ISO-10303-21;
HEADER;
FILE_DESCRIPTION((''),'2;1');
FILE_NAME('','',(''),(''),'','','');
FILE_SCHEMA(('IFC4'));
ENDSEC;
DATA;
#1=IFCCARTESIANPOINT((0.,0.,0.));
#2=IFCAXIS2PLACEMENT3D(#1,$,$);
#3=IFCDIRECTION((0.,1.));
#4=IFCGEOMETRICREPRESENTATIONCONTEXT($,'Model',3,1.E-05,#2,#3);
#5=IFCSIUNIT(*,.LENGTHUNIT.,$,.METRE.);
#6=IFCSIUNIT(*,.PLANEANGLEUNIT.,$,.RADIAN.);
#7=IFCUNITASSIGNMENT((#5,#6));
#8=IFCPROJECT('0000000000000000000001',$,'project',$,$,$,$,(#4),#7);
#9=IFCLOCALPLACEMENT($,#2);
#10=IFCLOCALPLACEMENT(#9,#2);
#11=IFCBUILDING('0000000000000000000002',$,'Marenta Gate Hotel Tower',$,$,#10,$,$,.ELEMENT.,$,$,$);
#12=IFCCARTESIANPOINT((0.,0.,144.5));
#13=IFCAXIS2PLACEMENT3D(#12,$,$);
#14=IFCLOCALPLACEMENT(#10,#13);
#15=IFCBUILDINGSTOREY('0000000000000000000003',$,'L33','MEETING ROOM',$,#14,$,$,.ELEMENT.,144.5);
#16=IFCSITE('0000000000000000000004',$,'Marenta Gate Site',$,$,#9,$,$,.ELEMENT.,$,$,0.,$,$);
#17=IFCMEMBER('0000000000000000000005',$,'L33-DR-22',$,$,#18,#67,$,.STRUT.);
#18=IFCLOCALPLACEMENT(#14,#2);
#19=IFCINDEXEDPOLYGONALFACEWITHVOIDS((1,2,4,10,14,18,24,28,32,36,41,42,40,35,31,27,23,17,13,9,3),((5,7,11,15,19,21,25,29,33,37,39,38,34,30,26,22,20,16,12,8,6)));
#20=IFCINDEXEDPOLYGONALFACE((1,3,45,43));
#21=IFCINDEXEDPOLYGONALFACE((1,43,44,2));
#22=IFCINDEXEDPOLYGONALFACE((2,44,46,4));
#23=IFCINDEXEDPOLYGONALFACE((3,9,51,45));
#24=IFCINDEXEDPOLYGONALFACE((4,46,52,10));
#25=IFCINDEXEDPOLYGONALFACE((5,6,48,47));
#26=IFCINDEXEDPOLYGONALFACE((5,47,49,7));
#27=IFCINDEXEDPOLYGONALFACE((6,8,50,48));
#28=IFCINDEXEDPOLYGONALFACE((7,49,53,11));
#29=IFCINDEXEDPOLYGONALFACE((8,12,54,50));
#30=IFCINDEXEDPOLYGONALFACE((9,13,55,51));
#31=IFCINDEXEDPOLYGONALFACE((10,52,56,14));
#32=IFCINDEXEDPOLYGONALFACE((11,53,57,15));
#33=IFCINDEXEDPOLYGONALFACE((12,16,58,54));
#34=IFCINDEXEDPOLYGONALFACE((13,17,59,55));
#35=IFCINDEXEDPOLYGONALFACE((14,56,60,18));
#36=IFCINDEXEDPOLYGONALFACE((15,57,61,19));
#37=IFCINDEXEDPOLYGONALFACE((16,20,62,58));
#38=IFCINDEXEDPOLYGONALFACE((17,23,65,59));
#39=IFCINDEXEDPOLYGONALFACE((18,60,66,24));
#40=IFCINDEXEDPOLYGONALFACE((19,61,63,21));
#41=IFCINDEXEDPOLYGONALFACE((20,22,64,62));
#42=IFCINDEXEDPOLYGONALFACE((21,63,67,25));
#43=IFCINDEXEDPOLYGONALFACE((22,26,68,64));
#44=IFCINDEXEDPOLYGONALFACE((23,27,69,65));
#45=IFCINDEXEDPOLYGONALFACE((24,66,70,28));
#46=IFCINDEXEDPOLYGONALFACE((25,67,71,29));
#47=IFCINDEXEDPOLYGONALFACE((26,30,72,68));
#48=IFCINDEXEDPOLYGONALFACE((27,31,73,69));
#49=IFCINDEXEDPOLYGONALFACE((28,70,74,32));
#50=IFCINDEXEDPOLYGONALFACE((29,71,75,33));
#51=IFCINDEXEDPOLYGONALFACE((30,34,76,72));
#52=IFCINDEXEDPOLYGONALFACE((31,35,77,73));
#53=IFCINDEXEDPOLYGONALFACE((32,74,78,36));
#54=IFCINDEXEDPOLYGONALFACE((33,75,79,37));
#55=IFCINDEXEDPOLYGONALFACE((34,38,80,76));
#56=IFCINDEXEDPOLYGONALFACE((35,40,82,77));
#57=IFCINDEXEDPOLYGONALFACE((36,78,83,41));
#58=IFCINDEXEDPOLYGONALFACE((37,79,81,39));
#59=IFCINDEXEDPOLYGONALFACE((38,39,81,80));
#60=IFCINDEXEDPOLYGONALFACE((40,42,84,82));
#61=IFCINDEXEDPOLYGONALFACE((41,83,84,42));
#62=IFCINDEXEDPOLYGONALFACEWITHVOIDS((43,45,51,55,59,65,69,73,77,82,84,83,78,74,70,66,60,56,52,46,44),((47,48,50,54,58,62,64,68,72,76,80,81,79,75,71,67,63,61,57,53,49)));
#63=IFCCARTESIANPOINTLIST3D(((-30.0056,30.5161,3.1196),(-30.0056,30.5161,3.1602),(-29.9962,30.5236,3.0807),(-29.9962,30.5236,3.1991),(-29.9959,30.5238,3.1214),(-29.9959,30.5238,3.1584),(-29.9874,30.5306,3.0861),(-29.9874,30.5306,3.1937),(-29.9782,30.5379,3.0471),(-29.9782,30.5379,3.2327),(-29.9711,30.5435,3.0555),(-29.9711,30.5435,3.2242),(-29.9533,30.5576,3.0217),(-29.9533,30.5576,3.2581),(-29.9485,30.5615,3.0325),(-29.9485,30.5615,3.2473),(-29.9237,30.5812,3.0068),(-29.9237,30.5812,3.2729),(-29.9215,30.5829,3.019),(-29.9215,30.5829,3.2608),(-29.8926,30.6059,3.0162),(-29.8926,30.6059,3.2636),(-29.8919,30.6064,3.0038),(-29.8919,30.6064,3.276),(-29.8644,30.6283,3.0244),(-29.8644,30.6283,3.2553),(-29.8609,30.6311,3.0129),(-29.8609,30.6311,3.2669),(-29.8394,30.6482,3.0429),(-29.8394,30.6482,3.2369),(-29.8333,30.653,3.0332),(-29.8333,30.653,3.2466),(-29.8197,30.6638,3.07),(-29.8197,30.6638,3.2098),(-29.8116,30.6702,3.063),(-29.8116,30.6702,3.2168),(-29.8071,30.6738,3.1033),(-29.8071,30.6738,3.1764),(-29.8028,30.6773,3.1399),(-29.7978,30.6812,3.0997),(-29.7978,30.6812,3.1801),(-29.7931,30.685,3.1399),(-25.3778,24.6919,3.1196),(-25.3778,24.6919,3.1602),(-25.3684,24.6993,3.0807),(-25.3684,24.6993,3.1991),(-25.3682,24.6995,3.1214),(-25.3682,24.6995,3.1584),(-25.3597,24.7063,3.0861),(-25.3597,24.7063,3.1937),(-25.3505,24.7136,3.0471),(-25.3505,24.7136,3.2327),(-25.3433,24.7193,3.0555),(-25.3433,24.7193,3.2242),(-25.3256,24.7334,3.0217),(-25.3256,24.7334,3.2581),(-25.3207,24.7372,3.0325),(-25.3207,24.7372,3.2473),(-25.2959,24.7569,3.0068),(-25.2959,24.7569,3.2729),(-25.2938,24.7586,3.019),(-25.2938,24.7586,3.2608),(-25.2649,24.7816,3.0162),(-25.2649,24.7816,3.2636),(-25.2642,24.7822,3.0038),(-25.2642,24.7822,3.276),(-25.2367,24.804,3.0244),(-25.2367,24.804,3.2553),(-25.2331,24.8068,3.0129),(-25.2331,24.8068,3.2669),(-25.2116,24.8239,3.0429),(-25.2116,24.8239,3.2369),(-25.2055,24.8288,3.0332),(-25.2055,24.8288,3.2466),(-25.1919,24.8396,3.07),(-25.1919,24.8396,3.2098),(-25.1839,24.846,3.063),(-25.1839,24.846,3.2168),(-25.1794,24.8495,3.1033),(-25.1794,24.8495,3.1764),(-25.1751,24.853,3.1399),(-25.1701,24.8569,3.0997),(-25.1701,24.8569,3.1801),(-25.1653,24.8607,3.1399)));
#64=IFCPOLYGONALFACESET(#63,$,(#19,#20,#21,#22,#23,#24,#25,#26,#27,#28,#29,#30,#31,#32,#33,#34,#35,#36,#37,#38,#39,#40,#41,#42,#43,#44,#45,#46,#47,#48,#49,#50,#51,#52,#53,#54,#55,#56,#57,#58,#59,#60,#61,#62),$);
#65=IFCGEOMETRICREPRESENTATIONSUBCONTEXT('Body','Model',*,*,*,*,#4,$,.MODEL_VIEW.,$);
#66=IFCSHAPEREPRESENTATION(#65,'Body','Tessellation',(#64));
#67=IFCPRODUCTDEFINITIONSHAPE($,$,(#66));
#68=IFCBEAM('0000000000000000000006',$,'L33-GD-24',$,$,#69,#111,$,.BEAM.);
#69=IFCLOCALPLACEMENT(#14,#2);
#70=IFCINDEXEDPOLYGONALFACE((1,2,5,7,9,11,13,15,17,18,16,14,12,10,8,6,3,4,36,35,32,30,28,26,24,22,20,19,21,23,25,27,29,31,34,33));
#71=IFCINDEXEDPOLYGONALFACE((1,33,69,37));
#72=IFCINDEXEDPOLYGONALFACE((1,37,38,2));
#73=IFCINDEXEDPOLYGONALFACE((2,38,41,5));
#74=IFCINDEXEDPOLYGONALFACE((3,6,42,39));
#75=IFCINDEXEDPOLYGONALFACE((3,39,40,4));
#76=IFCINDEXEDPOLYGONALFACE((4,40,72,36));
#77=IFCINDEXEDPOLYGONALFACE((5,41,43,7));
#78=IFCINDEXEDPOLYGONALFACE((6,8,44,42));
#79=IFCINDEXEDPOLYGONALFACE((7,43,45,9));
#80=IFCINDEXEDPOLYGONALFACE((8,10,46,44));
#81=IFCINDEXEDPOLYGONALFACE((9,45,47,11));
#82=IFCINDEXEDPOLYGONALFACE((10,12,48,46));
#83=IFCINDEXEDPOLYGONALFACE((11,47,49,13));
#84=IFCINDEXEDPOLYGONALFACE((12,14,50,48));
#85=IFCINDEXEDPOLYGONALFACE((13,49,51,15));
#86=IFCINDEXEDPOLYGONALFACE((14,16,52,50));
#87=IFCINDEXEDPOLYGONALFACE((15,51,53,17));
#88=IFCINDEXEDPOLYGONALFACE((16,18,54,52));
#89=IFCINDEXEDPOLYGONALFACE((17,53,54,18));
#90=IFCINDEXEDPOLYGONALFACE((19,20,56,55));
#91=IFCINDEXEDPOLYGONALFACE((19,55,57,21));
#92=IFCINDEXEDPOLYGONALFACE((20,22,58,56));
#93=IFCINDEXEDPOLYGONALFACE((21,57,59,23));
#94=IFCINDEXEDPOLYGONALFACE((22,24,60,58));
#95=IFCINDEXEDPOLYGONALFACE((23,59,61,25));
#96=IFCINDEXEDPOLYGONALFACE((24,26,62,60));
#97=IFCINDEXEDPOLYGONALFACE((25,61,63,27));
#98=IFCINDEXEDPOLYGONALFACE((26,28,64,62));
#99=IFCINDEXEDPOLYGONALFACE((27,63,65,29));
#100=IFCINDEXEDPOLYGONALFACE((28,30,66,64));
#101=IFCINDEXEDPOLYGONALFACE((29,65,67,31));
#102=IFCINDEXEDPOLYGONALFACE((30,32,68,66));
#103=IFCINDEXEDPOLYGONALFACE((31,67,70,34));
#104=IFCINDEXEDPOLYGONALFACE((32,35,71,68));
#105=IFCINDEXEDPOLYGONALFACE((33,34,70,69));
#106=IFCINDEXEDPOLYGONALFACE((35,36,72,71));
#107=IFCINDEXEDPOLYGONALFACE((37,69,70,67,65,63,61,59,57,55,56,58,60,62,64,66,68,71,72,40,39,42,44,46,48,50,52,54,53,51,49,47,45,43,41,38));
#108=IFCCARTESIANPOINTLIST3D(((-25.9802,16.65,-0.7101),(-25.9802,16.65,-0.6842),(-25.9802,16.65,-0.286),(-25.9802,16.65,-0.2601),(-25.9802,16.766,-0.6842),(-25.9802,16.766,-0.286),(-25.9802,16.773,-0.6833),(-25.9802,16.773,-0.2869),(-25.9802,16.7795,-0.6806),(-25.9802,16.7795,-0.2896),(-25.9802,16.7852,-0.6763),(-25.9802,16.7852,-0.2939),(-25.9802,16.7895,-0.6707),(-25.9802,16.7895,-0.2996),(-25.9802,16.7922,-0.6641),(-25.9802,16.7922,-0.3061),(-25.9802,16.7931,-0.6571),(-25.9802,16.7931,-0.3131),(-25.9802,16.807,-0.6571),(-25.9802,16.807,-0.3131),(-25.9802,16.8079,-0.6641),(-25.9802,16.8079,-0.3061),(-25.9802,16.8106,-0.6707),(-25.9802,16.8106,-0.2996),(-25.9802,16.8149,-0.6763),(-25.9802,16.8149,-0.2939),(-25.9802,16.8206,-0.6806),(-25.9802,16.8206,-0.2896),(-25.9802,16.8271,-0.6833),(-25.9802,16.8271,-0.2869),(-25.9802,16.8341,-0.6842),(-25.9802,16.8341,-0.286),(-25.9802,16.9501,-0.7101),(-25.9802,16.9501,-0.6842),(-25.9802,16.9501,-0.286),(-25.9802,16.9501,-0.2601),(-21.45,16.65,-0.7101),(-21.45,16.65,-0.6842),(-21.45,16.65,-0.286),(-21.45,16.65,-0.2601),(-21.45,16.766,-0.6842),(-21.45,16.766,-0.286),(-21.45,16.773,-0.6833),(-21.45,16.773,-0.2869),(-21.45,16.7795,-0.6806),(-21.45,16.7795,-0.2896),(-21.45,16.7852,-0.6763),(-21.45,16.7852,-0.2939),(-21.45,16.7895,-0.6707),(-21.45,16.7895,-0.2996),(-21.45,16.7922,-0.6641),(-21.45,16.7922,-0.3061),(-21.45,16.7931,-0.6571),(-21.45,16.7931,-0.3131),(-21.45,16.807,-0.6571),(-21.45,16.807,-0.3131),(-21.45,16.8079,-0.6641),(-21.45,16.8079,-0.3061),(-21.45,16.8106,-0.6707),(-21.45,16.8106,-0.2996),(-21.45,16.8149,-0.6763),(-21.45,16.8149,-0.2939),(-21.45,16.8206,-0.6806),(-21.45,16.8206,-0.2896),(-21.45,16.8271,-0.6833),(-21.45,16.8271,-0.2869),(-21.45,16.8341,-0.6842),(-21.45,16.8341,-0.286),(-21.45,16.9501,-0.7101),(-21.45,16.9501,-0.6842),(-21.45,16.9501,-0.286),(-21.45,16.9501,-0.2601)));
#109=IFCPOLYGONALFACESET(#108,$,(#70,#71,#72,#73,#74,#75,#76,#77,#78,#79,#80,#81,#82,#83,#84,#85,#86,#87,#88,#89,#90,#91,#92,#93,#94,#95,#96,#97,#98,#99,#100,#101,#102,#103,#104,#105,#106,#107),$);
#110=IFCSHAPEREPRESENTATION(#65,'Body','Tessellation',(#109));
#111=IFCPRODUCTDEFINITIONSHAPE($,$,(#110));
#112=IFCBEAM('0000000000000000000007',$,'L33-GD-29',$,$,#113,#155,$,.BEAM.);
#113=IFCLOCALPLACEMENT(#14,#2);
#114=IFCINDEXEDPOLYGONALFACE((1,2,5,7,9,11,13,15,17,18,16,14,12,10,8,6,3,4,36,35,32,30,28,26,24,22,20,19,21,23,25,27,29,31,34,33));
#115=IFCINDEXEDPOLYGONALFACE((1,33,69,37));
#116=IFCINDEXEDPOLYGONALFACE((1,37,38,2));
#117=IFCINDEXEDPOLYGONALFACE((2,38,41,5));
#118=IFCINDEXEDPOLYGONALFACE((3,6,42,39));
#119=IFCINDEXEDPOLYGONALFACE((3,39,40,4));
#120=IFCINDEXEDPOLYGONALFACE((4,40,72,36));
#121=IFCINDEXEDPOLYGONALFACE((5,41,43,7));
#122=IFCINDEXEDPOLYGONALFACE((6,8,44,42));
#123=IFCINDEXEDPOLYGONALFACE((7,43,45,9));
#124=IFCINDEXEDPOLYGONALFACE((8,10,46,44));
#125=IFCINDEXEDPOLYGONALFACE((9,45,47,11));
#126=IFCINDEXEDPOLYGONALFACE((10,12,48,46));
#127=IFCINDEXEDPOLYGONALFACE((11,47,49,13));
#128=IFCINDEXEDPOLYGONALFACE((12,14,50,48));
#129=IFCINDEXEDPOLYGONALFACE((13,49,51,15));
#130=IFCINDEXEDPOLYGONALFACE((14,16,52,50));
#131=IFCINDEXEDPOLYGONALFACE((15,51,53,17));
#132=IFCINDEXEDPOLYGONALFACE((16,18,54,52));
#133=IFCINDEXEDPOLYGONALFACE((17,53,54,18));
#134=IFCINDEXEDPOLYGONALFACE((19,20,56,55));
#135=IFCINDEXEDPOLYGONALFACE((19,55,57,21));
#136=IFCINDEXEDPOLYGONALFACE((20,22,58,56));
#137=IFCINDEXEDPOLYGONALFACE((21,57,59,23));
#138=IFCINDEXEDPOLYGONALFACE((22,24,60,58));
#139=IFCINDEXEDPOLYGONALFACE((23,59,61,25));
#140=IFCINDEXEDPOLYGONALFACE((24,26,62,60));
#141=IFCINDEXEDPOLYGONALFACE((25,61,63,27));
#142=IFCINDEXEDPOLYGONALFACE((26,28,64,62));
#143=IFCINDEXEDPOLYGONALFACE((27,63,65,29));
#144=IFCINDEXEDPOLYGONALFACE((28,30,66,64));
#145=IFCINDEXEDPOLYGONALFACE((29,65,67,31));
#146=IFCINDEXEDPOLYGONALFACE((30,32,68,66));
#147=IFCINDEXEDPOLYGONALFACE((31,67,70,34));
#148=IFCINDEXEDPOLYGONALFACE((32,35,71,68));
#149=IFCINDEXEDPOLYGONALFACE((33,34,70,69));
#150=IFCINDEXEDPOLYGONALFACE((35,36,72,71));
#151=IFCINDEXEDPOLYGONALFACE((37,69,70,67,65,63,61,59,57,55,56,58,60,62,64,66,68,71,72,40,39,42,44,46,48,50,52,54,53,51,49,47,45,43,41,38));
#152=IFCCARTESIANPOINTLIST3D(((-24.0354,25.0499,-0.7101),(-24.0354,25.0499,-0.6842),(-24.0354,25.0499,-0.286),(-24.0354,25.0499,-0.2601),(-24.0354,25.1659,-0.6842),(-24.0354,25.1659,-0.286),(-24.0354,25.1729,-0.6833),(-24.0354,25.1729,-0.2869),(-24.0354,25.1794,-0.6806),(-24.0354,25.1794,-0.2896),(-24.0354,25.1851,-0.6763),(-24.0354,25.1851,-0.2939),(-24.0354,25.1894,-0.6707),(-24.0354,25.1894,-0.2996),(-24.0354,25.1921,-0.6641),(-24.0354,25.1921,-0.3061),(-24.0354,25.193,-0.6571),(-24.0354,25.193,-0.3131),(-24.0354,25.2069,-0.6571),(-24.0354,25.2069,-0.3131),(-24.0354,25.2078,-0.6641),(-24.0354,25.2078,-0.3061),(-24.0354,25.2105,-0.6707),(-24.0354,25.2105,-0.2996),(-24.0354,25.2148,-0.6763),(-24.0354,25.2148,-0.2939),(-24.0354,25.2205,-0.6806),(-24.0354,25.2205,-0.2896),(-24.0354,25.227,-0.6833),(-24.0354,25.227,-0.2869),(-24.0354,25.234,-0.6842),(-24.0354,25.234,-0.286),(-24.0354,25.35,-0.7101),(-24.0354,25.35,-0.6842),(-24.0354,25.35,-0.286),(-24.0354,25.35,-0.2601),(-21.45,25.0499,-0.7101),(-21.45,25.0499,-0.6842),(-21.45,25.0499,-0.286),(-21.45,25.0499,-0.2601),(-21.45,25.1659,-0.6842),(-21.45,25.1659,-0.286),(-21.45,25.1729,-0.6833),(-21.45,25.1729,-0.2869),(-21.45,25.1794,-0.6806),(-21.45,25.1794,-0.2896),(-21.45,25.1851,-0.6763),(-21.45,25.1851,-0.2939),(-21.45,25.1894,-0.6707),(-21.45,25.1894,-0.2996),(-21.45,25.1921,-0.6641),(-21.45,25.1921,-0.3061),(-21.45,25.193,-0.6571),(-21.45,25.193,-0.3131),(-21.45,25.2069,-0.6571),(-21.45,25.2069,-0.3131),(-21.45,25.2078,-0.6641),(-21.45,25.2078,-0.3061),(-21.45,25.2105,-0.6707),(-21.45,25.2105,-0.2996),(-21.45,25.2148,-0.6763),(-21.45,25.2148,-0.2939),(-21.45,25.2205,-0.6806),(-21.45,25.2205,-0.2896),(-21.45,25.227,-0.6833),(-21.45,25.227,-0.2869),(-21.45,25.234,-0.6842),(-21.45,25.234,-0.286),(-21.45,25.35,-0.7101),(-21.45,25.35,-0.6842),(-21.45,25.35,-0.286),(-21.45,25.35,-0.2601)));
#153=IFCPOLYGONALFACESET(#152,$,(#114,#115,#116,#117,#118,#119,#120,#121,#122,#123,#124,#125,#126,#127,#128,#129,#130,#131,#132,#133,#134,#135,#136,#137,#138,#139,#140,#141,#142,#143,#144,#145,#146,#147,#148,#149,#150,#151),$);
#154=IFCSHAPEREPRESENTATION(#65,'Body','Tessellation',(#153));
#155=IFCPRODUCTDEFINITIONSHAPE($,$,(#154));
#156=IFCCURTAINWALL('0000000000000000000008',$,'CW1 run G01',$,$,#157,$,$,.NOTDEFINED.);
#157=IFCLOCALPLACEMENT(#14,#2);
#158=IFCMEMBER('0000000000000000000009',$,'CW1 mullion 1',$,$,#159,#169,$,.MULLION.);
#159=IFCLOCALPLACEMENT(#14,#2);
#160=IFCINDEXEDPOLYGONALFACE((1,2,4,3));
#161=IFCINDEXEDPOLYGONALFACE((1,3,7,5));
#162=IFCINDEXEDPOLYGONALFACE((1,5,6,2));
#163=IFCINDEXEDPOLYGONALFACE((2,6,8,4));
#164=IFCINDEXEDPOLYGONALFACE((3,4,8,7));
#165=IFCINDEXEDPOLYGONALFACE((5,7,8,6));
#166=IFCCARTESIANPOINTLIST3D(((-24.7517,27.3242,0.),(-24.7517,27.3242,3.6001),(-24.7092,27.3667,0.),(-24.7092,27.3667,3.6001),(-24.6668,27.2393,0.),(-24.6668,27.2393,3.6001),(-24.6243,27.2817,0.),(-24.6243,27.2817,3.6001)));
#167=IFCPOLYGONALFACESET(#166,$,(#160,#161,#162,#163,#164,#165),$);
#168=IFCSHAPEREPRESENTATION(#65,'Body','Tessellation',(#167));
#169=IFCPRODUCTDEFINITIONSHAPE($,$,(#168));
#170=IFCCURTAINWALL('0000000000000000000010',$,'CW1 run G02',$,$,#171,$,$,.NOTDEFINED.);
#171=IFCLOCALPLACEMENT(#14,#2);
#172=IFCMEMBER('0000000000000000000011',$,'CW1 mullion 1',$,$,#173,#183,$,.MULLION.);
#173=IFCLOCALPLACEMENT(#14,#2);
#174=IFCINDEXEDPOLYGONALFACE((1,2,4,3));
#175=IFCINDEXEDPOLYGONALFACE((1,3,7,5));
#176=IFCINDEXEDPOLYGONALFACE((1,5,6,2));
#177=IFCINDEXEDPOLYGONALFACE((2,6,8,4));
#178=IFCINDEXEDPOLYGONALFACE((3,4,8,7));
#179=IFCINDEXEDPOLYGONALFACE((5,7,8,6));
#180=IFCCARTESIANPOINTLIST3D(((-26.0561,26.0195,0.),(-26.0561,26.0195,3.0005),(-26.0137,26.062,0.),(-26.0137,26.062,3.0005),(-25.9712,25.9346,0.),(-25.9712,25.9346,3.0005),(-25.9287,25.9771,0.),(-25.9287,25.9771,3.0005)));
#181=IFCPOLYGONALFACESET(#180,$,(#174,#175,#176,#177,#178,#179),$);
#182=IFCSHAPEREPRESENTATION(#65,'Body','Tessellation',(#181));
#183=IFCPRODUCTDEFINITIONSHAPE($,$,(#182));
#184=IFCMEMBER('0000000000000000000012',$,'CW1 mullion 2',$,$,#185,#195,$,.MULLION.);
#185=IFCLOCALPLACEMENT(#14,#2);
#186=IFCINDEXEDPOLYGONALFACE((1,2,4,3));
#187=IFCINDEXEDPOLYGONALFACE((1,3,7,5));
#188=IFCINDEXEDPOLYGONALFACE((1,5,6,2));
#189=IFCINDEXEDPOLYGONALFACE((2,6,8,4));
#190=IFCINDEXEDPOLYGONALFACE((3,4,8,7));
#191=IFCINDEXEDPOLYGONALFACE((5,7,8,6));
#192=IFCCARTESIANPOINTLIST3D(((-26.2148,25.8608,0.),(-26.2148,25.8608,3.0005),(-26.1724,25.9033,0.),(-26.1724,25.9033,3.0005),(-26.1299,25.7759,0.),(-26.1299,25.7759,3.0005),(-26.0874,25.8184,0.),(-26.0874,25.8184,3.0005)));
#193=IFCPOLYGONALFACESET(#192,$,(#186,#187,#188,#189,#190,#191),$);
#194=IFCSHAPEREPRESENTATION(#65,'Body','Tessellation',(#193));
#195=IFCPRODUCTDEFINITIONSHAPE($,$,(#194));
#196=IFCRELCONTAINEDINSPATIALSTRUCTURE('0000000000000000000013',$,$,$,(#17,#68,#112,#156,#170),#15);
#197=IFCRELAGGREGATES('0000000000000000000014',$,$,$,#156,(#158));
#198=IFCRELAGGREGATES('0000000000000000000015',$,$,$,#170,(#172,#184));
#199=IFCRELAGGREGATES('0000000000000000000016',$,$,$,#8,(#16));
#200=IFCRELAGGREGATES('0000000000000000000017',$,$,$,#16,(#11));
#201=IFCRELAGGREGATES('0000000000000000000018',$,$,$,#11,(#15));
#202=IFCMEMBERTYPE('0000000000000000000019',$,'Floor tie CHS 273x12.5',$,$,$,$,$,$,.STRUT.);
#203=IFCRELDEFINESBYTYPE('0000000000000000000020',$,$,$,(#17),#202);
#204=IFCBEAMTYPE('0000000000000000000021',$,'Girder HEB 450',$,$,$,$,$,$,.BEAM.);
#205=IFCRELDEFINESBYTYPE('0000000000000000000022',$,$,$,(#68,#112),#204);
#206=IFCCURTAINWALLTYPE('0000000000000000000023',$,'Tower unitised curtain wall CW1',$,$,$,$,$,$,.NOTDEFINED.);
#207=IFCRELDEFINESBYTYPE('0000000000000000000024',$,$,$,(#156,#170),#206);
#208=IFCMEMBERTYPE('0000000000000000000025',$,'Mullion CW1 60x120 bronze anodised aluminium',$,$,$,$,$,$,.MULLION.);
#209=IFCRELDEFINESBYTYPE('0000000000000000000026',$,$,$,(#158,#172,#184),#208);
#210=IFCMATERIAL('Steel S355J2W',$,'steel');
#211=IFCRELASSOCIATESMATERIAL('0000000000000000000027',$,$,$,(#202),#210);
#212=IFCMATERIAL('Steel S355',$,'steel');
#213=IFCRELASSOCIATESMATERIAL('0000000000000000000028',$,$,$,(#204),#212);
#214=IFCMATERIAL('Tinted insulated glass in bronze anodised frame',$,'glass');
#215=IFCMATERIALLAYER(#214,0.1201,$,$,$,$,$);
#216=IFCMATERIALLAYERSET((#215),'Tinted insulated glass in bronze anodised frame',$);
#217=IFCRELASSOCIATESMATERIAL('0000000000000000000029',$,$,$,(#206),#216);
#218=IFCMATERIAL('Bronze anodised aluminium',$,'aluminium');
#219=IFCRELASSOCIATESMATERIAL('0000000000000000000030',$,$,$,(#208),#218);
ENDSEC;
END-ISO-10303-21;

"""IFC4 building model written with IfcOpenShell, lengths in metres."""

from ifc_helpers import new_model, si_unit, direction, frame, origin, origin_2d, place, context, subcontext, project, spatial, rectangle, hollow_circle, i_section, extrude, material, layer, layer_set, material_profile, profile_set, type_object, element, aggregate, save


model = new_model("IFC4")

# Units and contexts
model_context = context("Model", 3, precision=1e-05, world=origin(), true_north=direction((0.0, 1.0)))
body_context = subcontext(model_context, "Body", "Model", "MODEL_VIEW")
ifc_project = project(units=[si_unit("LENGTHUNIT", "METRE"), si_unit("PLANEANGLEUNIT", "RADIAN")], contexts=[model_context])

# Site, building, storey
site_placement = place(None, origin())
site = spatial("IfcSite", under=ifc_project, at=site_placement, Name="Marenta Gate Site", CompositionType="ELEMENT", RefElevation=0.0)
building_placement = place(site_placement, origin())
building = spatial("IfcBuilding", under=site, at=building_placement, Name="Marenta Gate Hotel Tower", CompositionType="ELEMENT")
storey_placement = place(building_placement, frame((0.0, 0.0, 144.5)))
storey = spatial("IfcBuildingStorey", under=building, at=storey_placement, Name="L33", Description="MEETING ROOM", CompositionType="ELEMENT", Elevation=144.5)

# Member
ifc_material_1 = material(Name="Steel S355J2W", Category="steel")
ifc_material_profile_1 = material_profile(ifc_material_1, hollow_circle(Radius=0.1365, WallThickness=0.0125, at=origin_2d()), Name="CHS 273x12.5")
ifc_profile_set_1 = profile_set([ifc_material_profile_1], Name="Steel S355J2W")
member_type_1 = type_object("IfcMemberType", Name="Floor tie CHS 273x12.5", PredefinedType="STRUT", material=ifc_profile_set_1)
member_1_placement = place(storey_placement, frame((-29.8999, 30.6001, 3.1399), z_axis=(0.622094, -0.782943, 0.0), x_axis=(0.782943, 0.622094, 0.0)))
element("IfcMember", 1, at=member_1_placement, inside=storey, type_object=member_type_1, Name="L33-DR-22", PredefinedType="STRUT", context=body_context, shape_type="SweptSolid", body=[
    extrude(hollow_circle(Radius=0.1365, WallThickness=0.0125, at=origin_2d()), origin(), (0.0, 0.0, 1.0), 7.439),
])

# Beams
ifc_material_2 = material(Name="Steel S355", Category="steel")
ifc_material_profile_2 = material_profile(ifc_material_2, i_section(OverallWidth=0.3, OverallDepth=0.45, WebThickness=0.0139, FlangeThickness=0.0259, FilletRadius=0.0271, at=origin_2d()), Name="HEB 450")
ifc_profile_set_2 = profile_set([ifc_material_profile_2], Name="Steel S355")
beam_type_1 = type_object("IfcBeamType", Name="Girder HEB 450", PredefinedType="BEAM", material=ifc_profile_set_2)
beam_1_placement = place(storey_placement, frame((-25.9802, 16.8, -0.4851), z_axis=(1.0, 0.0, 0.0), x_axis=(0.0, 1.0, 0.0)))
element("IfcBeam", 2, at=beam_1_placement, inside=storey, type_object=beam_type_1, Name="L33-GD-24", PredefinedType="BEAM", context=body_context, shape_type="SweptSolid", body=[
    extrude(i_section(OverallWidth=0.3, OverallDepth=0.45, WebThickness=0.0139, FlangeThickness=0.0259, FilletRadius=0.0271, at=origin_2d()), origin(), (0.0, 0.0, 1.0), 4.5303),
])
beam_2_placement = place(storey_placement, frame((-24.0354, 25.2, -0.4851), z_axis=(1.0, 0.0, 0.0), x_axis=(0.0, 1.0, 0.0)))
element("IfcBeam", 3, at=beam_2_placement, inside=storey, type_object=beam_type_1, Name="L33-GD-29", PredefinedType="BEAM", context=body_context, shape_type="SweptSolid", body=[
    extrude(i_section(OverallWidth=0.3, OverallDepth=0.45, WebThickness=0.0139, FlangeThickness=0.0259, FilletRadius=0.0271, at=origin_2d()), origin(), (0.0, 0.0, 1.0), 2.5854),
])

# Curtain wall, member
ifc_material_3 = material(Name="Tinted insulated glass in bronze anodised frame", Category="glass")
ifc_layer_1 = layer(ifc_material_3, 0.1201)
ifc_layer_set_1 = layer_set([ifc_layer_1], Name="Tinted insulated glass in bronze anodised frame")
curtain_wall_type = type_object("IfcCurtainWallType", Name="Tower unitised curtain wall CW1", PredefinedType="NOTDEFINED", material=ifc_layer_set_1)
curtain_wall_1_placement = place(storey_placement, origin())
curtain_wall_1 = element("IfcCurtainWall", 4, at=curtain_wall_1_placement, inside=storey, type_object=curtain_wall_type, Name="CW1 run G01", PredefinedType="NOTDEFINED")
ifc_material_4 = material(Name="Bronze anodised aluminium", Category="aluminium")
ifc_material_profile_3 = material_profile(ifc_material_4, rectangle(XDim=0.1201, YDim=0.0601, at=origin_2d()), Name="Mullion CW1 60x120 bronze anodised aluminium")
ifc_profile_set_3 = profile_set([ifc_material_profile_3], Name="Bronze anodised aluminium")
member_type_2 = type_object("IfcMemberType", Name="Mullion CW1 60x120 bronze anodised aluminium", PredefinedType="MULLION", material=ifc_profile_set_3)
member_2_placement = place(storey_placement, frame((-24.688, 27.303, 0.0), z_axis=(0.0, 0.0, 1.0), x_axis=(0.707107, -0.707107, 0.0)))
member_2 = element("IfcMember", 5, at=member_2_placement, type_object=member_type_2, Name="CW1 mullion 1", PredefinedType="MULLION", context=body_context, shape_type="SweptSolid", body=[
    extrude(rectangle(XDim=0.1201, YDim=0.0601, at=origin_2d()), origin(), (0.0, 0.0, 1.0), 3.6001),
])

# Curtain wall, members
curtain_wall_2_placement = place(storey_placement, origin())
curtain_wall_2 = element("IfcCurtainWall", 6, at=curtain_wall_2_placement, inside=storey, type_object=curtain_wall_type, Name="CW1 run G02", PredefinedType="NOTDEFINED")
member_3_placement = place(storey_placement, frame((-25.9924, 25.9983, 0.0), z_axis=(0.0, 0.0, 1.0), x_axis=(0.707107, -0.707107, 0.0)))
member_3 = element("IfcMember", 7, at=member_3_placement, type_object=member_type_2, Name="CW1 mullion 1", PredefinedType="MULLION", context=body_context, shape_type="SweptSolid", body=[
    extrude(rectangle(XDim=0.1201, YDim=0.0601, at=origin_2d()), origin(), (0.0, 0.0, 1.0), 3.0005),
])
member_4_placement = place(storey_placement, frame((-26.1511, 25.8396, 0.0), z_axis=(0.0, 0.0, 1.0), x_axis=(0.707107, -0.707107, 0.0)))
member_4 = element("IfcMember", 8, at=member_4_placement, type_object=member_type_2, Name="CW1 mullion 2", PredefinedType="MULLION", context=body_context, shape_type="SweptSolid", body=[
    extrude(rectangle(XDim=0.1201, YDim=0.0601, at=origin_2d()), origin(), (0.0, 0.0, 1.0), 3.0005),
])

aggregate(curtain_wall_1, [member_2])
aggregate(curtain_wall_2, [member_3, member_4])

save(model, "model.ifc")
